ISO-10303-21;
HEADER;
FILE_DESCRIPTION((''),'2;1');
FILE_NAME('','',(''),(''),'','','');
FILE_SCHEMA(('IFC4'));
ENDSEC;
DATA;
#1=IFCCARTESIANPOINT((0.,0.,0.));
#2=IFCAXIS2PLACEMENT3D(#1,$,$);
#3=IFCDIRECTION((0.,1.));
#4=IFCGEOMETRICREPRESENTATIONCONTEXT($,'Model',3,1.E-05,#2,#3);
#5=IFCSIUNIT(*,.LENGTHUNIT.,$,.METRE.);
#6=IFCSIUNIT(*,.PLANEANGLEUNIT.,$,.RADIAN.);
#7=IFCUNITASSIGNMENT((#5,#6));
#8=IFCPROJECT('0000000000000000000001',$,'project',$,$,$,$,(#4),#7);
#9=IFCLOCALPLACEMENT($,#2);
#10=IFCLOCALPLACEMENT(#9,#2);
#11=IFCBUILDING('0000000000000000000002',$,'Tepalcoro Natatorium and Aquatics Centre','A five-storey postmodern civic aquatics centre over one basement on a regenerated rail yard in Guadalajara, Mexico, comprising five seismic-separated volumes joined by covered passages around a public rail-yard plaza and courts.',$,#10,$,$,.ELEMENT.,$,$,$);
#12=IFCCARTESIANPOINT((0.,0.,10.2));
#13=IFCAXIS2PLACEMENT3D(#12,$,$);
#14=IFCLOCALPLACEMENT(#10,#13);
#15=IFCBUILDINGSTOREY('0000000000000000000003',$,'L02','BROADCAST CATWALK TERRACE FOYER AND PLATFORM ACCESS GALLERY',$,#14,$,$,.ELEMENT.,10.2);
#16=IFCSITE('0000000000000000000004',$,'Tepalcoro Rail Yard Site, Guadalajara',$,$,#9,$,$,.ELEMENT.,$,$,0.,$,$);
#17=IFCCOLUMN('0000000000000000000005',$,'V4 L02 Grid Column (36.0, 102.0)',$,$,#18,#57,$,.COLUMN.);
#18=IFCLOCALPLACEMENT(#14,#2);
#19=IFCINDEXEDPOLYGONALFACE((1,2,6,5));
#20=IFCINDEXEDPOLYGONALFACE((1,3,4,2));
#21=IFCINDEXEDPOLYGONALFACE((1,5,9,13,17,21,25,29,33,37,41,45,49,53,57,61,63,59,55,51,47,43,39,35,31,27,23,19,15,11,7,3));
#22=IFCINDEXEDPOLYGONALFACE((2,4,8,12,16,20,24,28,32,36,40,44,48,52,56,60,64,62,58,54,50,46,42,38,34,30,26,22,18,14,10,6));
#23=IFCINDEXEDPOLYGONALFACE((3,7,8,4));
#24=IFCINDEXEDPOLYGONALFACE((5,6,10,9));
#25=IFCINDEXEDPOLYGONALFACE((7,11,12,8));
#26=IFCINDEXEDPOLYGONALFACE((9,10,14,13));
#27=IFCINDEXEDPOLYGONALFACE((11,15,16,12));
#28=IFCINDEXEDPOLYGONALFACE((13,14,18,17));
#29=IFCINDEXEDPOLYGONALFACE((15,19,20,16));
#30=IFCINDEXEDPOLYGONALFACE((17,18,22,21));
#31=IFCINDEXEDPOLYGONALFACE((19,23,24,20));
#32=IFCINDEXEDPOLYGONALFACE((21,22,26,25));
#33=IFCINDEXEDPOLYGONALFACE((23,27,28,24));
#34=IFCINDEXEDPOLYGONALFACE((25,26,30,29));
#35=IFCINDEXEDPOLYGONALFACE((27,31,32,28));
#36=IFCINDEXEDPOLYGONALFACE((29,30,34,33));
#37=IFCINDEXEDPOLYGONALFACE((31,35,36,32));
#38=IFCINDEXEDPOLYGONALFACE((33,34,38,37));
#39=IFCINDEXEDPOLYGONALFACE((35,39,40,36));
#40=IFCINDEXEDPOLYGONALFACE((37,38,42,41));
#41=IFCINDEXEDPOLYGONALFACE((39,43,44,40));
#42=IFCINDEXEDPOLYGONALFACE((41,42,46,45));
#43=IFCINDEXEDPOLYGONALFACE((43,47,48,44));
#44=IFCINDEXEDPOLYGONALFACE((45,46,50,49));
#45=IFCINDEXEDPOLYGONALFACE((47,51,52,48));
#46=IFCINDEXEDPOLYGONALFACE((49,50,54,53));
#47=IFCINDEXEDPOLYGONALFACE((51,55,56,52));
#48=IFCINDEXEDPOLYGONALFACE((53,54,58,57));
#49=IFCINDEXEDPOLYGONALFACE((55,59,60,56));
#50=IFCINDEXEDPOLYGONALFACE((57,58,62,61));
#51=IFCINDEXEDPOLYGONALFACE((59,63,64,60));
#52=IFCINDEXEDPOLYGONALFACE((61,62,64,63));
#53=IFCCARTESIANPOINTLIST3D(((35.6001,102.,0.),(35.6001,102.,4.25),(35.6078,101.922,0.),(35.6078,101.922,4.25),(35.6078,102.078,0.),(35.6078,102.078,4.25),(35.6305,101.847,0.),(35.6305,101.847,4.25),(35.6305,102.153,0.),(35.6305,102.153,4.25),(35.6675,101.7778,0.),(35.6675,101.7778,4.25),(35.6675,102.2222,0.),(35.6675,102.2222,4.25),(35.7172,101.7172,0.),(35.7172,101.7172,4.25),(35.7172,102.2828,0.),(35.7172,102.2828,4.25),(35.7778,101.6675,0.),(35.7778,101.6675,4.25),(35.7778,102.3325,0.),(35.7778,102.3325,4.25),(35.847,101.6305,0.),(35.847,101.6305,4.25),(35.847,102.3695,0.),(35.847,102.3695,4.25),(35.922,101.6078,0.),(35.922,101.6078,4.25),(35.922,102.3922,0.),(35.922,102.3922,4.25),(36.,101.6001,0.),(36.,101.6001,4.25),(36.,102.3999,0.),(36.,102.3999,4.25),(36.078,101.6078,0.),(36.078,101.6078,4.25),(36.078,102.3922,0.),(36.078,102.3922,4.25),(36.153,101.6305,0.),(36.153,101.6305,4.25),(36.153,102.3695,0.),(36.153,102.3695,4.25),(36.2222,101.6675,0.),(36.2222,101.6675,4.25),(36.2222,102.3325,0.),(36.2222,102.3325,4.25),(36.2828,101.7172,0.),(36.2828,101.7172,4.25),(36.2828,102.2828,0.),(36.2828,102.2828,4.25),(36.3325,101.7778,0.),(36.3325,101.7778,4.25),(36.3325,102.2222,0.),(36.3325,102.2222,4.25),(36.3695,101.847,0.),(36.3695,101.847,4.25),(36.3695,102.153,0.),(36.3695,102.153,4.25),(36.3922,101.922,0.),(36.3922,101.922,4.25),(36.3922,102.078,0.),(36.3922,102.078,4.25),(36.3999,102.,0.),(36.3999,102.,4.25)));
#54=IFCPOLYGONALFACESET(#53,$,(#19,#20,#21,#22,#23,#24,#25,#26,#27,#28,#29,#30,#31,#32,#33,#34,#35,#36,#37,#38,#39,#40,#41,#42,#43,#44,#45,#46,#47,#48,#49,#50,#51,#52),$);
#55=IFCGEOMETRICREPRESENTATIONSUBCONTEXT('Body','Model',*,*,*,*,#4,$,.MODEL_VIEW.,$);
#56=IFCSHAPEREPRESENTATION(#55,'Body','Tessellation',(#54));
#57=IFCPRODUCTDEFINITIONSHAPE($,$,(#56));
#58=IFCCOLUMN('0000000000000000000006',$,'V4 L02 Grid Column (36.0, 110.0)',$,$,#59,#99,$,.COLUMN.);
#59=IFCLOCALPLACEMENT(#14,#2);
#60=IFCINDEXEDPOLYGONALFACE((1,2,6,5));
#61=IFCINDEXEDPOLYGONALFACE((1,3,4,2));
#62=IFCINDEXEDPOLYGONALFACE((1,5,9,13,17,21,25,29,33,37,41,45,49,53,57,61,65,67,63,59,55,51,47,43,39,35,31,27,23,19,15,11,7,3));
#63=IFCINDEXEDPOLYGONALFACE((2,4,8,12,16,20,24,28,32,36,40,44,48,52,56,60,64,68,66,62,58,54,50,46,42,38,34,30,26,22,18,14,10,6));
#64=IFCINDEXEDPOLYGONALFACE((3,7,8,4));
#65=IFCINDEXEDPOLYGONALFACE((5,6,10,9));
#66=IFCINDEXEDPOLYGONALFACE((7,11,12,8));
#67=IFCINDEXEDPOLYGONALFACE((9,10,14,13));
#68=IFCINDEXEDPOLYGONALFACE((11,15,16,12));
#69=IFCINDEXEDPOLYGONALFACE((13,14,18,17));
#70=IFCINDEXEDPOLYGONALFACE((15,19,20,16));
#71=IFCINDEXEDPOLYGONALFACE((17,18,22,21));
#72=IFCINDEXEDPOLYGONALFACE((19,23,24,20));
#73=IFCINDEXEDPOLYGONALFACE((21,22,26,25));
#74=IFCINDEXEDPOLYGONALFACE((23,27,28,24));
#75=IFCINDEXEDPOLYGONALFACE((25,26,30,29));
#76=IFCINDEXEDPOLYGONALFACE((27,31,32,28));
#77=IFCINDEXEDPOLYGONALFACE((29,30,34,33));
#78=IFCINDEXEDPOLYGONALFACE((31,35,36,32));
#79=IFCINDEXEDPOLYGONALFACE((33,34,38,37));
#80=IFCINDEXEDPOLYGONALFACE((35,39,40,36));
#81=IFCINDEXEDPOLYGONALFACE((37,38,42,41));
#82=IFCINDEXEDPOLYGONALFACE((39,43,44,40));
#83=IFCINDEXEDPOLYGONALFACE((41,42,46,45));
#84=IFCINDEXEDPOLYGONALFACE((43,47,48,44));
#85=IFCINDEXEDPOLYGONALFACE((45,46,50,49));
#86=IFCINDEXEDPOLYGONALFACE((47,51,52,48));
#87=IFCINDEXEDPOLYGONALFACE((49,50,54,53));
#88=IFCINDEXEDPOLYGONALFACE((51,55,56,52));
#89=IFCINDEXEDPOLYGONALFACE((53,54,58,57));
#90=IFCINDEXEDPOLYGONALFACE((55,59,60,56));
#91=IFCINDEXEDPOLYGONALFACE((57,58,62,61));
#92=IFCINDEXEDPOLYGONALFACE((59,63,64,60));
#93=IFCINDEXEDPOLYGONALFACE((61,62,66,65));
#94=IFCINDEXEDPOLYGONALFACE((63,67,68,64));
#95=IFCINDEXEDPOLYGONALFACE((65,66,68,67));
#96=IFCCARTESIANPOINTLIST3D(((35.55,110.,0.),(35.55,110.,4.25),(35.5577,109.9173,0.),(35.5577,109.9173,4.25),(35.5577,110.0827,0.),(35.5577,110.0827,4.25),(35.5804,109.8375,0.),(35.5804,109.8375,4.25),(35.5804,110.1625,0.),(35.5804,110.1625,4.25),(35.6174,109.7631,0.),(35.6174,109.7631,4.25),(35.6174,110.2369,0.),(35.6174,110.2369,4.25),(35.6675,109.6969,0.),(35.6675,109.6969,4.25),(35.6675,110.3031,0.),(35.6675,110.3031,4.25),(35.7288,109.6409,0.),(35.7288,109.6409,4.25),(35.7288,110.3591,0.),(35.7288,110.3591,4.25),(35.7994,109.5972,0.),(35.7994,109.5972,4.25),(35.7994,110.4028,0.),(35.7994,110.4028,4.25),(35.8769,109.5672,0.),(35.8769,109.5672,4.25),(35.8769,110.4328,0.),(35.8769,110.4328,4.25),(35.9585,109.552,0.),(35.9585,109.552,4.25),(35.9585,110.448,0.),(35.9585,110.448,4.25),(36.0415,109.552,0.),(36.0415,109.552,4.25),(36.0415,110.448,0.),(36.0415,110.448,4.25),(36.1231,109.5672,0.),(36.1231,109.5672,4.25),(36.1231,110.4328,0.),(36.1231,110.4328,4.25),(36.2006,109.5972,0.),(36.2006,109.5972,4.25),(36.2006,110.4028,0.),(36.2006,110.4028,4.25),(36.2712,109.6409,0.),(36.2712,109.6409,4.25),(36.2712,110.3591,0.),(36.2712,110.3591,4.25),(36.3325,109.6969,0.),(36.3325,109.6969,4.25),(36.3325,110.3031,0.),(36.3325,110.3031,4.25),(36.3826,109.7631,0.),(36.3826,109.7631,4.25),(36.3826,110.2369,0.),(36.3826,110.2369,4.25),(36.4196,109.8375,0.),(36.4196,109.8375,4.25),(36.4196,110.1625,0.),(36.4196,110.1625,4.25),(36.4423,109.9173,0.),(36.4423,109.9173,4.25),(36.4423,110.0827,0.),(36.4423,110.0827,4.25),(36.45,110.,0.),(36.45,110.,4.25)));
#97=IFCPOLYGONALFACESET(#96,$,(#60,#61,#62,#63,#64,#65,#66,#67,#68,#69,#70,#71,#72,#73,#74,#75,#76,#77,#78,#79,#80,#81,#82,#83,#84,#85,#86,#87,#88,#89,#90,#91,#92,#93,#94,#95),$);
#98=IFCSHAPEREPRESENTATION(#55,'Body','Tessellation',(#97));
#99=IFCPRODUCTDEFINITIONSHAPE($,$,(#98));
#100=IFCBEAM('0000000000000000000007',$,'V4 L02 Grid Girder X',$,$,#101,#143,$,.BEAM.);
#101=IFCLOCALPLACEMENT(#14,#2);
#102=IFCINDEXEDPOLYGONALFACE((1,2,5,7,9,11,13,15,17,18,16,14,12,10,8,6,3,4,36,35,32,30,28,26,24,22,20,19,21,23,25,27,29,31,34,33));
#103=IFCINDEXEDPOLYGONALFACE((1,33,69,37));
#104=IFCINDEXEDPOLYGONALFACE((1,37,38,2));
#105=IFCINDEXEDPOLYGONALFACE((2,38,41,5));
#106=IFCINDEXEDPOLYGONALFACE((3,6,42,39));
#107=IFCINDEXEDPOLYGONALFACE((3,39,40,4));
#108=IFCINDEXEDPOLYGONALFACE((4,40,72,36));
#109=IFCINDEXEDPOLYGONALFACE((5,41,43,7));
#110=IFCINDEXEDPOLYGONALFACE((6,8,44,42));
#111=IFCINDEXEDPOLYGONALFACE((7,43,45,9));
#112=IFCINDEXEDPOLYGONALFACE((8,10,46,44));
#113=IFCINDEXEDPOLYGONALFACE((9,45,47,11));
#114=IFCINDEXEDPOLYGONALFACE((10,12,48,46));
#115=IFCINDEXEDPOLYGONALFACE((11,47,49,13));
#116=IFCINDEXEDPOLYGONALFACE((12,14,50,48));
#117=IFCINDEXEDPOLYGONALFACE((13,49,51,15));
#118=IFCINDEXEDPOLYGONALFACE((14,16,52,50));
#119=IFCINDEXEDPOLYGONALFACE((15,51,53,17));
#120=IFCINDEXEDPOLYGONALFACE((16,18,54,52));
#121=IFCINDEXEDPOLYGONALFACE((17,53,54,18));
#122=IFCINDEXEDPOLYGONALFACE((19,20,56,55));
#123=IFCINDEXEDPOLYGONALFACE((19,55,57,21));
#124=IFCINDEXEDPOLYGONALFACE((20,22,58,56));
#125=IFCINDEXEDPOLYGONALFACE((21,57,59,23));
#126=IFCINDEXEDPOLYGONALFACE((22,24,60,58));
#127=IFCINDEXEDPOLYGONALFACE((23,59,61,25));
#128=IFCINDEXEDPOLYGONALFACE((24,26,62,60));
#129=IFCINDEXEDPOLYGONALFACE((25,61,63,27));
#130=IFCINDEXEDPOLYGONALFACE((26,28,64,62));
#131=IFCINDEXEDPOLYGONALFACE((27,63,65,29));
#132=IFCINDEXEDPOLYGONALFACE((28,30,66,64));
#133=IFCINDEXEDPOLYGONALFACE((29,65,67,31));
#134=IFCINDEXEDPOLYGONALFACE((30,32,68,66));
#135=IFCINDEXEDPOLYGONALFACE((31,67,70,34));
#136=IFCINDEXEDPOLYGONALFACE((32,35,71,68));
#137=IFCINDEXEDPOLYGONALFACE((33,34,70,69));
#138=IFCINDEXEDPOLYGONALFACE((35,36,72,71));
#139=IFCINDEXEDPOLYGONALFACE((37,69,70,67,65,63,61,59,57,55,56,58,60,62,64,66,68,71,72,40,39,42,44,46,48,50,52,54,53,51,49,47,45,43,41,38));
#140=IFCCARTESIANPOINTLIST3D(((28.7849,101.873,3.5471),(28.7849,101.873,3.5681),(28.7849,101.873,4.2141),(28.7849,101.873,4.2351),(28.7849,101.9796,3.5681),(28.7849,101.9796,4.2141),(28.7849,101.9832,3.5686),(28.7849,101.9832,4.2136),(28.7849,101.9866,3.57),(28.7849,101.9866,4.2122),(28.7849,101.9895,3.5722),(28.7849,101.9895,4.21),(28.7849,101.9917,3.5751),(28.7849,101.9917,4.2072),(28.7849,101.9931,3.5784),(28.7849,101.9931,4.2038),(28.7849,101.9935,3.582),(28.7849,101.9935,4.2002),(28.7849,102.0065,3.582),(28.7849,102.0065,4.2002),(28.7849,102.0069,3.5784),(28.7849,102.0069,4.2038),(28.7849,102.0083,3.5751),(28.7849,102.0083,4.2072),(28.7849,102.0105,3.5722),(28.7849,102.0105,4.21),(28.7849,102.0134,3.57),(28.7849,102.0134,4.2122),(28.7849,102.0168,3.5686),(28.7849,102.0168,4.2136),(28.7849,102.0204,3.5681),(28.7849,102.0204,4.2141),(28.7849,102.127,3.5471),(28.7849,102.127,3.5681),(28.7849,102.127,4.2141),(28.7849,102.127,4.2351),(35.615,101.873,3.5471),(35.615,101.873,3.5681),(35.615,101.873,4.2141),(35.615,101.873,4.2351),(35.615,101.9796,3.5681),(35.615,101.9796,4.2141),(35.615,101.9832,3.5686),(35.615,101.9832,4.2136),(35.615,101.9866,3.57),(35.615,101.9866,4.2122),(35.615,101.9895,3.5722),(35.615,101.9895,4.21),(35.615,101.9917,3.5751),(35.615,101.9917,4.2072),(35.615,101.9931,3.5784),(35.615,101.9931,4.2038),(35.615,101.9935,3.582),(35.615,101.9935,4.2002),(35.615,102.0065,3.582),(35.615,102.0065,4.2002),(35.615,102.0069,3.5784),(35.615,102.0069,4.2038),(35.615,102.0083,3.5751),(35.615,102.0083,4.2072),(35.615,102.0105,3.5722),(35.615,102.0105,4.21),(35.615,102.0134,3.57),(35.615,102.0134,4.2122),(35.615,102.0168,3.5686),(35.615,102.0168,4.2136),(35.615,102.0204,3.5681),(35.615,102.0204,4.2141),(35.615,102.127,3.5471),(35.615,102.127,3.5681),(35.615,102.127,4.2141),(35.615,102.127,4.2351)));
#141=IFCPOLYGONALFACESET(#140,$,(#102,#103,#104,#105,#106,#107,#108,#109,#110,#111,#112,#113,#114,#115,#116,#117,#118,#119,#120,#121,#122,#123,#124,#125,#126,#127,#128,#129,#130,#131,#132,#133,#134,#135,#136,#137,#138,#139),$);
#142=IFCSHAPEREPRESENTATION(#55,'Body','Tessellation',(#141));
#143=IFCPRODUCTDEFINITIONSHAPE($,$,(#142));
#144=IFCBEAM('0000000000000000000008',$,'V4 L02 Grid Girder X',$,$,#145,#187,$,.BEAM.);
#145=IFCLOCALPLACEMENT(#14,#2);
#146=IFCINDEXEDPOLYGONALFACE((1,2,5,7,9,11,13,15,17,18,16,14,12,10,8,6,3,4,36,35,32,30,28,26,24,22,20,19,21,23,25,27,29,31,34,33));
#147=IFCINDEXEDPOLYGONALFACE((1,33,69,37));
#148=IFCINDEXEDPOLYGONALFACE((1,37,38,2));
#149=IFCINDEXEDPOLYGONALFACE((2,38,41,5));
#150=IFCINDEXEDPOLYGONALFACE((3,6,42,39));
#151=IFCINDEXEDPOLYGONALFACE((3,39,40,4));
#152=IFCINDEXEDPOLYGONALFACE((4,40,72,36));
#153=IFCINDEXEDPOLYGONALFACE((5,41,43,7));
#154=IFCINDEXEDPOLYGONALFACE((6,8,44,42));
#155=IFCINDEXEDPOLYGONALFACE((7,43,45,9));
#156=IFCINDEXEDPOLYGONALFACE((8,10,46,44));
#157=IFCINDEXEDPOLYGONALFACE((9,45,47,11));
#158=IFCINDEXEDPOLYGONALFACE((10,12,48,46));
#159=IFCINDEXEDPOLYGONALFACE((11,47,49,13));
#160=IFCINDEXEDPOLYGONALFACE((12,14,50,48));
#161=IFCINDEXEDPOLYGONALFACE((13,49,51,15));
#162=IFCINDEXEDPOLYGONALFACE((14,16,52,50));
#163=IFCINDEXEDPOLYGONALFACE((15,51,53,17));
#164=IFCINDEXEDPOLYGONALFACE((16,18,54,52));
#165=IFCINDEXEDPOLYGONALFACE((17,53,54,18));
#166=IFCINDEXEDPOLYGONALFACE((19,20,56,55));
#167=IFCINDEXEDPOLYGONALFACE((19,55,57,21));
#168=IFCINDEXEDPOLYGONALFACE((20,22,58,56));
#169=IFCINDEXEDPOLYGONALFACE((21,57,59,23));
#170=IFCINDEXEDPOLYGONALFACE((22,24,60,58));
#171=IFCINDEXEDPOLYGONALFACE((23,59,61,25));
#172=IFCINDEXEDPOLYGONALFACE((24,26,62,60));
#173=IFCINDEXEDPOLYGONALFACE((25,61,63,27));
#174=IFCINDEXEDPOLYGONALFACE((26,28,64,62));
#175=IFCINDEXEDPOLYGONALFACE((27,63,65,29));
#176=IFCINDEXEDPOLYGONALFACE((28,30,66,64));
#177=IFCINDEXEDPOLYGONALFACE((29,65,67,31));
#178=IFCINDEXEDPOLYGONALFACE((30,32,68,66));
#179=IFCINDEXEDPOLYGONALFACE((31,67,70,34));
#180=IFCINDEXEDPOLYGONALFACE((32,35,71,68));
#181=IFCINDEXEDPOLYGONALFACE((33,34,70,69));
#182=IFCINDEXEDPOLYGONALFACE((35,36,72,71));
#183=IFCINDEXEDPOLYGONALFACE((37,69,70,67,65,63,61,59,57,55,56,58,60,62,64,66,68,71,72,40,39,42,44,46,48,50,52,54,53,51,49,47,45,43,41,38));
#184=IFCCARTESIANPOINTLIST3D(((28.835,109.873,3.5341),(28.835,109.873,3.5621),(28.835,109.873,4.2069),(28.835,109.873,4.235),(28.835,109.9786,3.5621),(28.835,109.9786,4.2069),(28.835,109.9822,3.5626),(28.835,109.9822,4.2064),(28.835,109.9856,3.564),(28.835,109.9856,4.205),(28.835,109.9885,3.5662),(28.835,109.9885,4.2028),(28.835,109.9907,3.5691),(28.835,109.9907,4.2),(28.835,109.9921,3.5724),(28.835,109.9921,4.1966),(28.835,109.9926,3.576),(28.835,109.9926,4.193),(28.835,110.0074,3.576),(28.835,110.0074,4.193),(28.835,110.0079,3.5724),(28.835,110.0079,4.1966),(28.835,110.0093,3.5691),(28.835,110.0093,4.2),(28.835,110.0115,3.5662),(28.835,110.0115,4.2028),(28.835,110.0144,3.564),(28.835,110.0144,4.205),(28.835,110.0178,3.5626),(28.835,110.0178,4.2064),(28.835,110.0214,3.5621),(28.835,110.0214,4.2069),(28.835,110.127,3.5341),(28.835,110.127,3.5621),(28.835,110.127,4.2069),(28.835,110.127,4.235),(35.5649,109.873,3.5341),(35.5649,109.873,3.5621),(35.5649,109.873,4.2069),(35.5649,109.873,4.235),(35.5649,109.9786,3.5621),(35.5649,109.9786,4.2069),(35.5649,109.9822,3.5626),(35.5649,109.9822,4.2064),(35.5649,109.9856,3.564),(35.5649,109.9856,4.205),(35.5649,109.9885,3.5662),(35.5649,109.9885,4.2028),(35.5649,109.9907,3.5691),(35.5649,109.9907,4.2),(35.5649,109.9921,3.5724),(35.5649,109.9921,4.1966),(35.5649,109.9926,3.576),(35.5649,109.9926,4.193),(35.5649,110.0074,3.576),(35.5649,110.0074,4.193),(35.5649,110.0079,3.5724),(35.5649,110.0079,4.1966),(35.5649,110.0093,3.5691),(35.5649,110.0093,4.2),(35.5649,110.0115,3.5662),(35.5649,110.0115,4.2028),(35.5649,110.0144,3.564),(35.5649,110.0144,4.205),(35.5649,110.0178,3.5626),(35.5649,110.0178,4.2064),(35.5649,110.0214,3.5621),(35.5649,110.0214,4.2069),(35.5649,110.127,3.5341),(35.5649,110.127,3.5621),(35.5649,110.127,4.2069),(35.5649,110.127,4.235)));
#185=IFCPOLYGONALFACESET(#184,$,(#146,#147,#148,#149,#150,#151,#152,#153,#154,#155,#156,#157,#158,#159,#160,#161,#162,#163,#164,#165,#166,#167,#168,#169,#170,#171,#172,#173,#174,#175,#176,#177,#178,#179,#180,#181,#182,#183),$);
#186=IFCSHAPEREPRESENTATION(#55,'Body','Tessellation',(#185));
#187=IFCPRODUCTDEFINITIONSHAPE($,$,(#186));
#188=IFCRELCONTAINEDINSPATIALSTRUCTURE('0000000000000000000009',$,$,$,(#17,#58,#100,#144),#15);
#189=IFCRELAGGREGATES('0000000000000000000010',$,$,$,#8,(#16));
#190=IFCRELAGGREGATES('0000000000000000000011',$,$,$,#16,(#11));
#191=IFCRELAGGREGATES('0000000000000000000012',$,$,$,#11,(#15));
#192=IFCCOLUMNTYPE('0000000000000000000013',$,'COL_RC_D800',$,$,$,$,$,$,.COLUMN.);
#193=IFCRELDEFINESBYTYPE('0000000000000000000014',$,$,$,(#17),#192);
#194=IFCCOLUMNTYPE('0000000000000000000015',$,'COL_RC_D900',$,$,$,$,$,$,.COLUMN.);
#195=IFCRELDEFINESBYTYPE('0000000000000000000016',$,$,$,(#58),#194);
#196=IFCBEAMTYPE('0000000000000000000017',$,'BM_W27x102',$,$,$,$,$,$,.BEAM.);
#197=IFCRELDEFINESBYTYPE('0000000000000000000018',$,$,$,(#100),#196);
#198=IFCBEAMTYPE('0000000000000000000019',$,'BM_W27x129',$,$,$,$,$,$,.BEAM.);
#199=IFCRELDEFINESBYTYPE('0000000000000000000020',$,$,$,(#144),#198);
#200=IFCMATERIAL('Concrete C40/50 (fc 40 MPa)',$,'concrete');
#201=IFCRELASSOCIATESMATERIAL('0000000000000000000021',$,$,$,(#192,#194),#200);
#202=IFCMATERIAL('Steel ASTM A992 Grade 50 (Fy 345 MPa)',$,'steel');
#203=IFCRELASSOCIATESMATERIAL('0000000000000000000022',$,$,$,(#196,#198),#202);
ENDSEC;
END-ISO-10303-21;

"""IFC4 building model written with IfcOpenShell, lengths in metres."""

from ifc_helpers import new_model, si_unit, direction, frame, origin, origin_2d, place, context, subcontext, project, spatial, circle, i_section, extrude, material, material_profile, profile_set, type_object, element, save


model = new_model("IFC4")

# Units and contexts
model_context = context("Model", 3, precision=1e-05, world=origin(), true_north=direction((0.0, 1.0)))
body_context = subcontext(model_context, "Body", "Model", "MODEL_VIEW")
ifc_project = project(units=[si_unit("LENGTHUNIT", "METRE"), si_unit("PLANEANGLEUNIT", "RADIAN")], contexts=[model_context])

# Site, building, storey
site_placement = place(None, origin())
site = spatial("IfcSite", under=ifc_project, at=site_placement, Name="Tepalcoro Rail Yard Site, Guadalajara", CompositionType="ELEMENT", RefElevation=0.0)
building_placement = place(site_placement, origin())
building = spatial("IfcBuilding", under=site, at=building_placement, Name="Tepalcoro Natatorium and Aquatics Centre", Description="A five-storey postmodern civic aquatics centre over one basement on a regenerated rail yard in Guadalajara, Mexico, comprising five seismic-separated volumes joined by covered passages around a public rail-yard plaza and courts.", CompositionType="ELEMENT")
storey_placement = place(building_placement, frame((0.0, 0.0, 10.2)))
storey = spatial("IfcBuildingStorey", under=building, at=storey_placement, Name="L02", Description="BROADCAST CATWALK TERRACE FOYER AND PLATFORM ACCESS GALLERY", CompositionType="ELEMENT", Elevation=10.2)

# Columns
ifc_material_1 = material(Name="Concrete C40/50 (fc 40 MPa)", Category="concrete")
ifc_material_profile_1 = material_profile(ifc_material_1, circle(Radius=0.3999, at=origin_2d()), Name="RCD800")
ifc_profile_set_1 = profile_set([ifc_material_profile_1], Name="Concrete C40/50 (fc 40 MPa)")
column_type_1 = type_object("IfcColumnType", Name="COL_RC_D800", PredefinedType="COLUMN", material=ifc_profile_set_1)
column_1_placement = place(storey_placement, frame((36.0, 102.0, 0.0), z_axis=(0.0, 0.0, 1.0), x_axis=(1.0, 0.0, 0.0)))
element("IfcColumn", 1, at=column_1_placement, inside=storey, type_object=column_type_1, Name="V4 L02 Grid Column (36.0, 102.0)", PredefinedType="COLUMN", context=body_context, shape_type="SweptSolid", body=[
    extrude(circle(Radius=0.3999, at=origin_2d()), origin(), (0.0, 0.0, 1.0), 4.25),
])
ifc_material_profile_2 = material_profile(ifc_material_1, circle(Radius=0.45, at=origin_2d()), Name="RCD900")
ifc_profile_set_2 = profile_set([ifc_material_profile_2], Name="Concrete C40/50 (fc 40 MPa)")
column_type_2 = type_object("IfcColumnType", Name="COL_RC_D900", PredefinedType="COLUMN", material=ifc_profile_set_2)
column_2_placement = place(storey_placement, frame((36.0, 110.0, 0.0), z_axis=(0.0, 0.0, 1.0), x_axis=(1.0, 0.0, 0.0)))
element("IfcColumn", 2, at=column_2_placement, inside=storey, type_object=column_type_2, Name="V4 L02 Grid Column (36.0, 110.0)", PredefinedType="COLUMN", context=body_context, shape_type="SweptSolid", body=[
    extrude(circle(Radius=0.45, at=origin_2d()), origin(), (0.0, 0.0, 1.0), 4.25),
])

# Beams
ifc_material_2 = material(Name="Steel ASTM A992 Grade 50 (Fy 345 MPa)", Category="steel")
ifc_material_profile_3 = material_profile(ifc_material_2, i_section(OverallWidth=0.2539, OverallDepth=0.688, WebThickness=0.0129, FlangeThickness=0.021, FilletRadius=0.0139, at=origin_2d()), Name="W27X102")
ifc_profile_set_3 = profile_set([ifc_material_profile_3], Name="Steel ASTM A992 Grade 50 (Fy 345 MPa)")
beam_type_1 = type_object("IfcBeamType", Name="BM_W27x102", PredefinedType="BEAM", material=ifc_profile_set_3)
beam_1_placement = place(storey_placement, frame((28.7849, 102.0, 3.8911), z_axis=(1.0, 0.0, 0.0), x_axis=(0.0, 1.0, 0.0)))
element("IfcBeam", 3, at=beam_1_placement, inside=storey, type_object=beam_type_1, Name="V4 L02 Grid Girder X", PredefinedType="BEAM", context=body_context, shape_type="SweptSolid", body=[
    extrude(i_section(OverallWidth=0.2539, OverallDepth=0.688, WebThickness=0.0129, FlangeThickness=0.021, FilletRadius=0.0139, at=origin_2d()), origin(), (0.0, 0.0, 1.0), 6.8301),
])
ifc_material_profile_4 = material_profile(ifc_material_2, i_section(OverallWidth=0.2539, OverallDepth=0.7009, WebThickness=0.0149, FlangeThickness=0.0281, FilletRadius=0.0139, at=origin_2d()), Name="W27X129")
ifc_profile_set_4 = profile_set([ifc_material_profile_4], Name="Steel ASTM A992 Grade 50 (Fy 345 MPa)")
beam_type_2 = type_object("IfcBeamType", Name="BM_W27x129", PredefinedType="BEAM", material=ifc_profile_set_4)
beam_2_placement = place(storey_placement, frame((28.835, 110.0, 3.8845), z_axis=(1.0, 0.0, 0.0), x_axis=(0.0, 1.0, 0.0)))
element("IfcBeam", 4, at=beam_2_placement, inside=storey, type_object=beam_type_2, Name="V4 L02 Grid Girder X", PredefinedType="BEAM", context=body_context, shape_type="SweptSolid", body=[
    extrude(i_section(OverallWidth=0.2539, OverallDepth=0.7009, WebThickness=0.0149, FlangeThickness=0.0281, FilletRadius=0.0139, at=origin_2d()), origin(), (0.0, 0.0, 1.0), 6.73),
])

save(model, "model.ifc")
